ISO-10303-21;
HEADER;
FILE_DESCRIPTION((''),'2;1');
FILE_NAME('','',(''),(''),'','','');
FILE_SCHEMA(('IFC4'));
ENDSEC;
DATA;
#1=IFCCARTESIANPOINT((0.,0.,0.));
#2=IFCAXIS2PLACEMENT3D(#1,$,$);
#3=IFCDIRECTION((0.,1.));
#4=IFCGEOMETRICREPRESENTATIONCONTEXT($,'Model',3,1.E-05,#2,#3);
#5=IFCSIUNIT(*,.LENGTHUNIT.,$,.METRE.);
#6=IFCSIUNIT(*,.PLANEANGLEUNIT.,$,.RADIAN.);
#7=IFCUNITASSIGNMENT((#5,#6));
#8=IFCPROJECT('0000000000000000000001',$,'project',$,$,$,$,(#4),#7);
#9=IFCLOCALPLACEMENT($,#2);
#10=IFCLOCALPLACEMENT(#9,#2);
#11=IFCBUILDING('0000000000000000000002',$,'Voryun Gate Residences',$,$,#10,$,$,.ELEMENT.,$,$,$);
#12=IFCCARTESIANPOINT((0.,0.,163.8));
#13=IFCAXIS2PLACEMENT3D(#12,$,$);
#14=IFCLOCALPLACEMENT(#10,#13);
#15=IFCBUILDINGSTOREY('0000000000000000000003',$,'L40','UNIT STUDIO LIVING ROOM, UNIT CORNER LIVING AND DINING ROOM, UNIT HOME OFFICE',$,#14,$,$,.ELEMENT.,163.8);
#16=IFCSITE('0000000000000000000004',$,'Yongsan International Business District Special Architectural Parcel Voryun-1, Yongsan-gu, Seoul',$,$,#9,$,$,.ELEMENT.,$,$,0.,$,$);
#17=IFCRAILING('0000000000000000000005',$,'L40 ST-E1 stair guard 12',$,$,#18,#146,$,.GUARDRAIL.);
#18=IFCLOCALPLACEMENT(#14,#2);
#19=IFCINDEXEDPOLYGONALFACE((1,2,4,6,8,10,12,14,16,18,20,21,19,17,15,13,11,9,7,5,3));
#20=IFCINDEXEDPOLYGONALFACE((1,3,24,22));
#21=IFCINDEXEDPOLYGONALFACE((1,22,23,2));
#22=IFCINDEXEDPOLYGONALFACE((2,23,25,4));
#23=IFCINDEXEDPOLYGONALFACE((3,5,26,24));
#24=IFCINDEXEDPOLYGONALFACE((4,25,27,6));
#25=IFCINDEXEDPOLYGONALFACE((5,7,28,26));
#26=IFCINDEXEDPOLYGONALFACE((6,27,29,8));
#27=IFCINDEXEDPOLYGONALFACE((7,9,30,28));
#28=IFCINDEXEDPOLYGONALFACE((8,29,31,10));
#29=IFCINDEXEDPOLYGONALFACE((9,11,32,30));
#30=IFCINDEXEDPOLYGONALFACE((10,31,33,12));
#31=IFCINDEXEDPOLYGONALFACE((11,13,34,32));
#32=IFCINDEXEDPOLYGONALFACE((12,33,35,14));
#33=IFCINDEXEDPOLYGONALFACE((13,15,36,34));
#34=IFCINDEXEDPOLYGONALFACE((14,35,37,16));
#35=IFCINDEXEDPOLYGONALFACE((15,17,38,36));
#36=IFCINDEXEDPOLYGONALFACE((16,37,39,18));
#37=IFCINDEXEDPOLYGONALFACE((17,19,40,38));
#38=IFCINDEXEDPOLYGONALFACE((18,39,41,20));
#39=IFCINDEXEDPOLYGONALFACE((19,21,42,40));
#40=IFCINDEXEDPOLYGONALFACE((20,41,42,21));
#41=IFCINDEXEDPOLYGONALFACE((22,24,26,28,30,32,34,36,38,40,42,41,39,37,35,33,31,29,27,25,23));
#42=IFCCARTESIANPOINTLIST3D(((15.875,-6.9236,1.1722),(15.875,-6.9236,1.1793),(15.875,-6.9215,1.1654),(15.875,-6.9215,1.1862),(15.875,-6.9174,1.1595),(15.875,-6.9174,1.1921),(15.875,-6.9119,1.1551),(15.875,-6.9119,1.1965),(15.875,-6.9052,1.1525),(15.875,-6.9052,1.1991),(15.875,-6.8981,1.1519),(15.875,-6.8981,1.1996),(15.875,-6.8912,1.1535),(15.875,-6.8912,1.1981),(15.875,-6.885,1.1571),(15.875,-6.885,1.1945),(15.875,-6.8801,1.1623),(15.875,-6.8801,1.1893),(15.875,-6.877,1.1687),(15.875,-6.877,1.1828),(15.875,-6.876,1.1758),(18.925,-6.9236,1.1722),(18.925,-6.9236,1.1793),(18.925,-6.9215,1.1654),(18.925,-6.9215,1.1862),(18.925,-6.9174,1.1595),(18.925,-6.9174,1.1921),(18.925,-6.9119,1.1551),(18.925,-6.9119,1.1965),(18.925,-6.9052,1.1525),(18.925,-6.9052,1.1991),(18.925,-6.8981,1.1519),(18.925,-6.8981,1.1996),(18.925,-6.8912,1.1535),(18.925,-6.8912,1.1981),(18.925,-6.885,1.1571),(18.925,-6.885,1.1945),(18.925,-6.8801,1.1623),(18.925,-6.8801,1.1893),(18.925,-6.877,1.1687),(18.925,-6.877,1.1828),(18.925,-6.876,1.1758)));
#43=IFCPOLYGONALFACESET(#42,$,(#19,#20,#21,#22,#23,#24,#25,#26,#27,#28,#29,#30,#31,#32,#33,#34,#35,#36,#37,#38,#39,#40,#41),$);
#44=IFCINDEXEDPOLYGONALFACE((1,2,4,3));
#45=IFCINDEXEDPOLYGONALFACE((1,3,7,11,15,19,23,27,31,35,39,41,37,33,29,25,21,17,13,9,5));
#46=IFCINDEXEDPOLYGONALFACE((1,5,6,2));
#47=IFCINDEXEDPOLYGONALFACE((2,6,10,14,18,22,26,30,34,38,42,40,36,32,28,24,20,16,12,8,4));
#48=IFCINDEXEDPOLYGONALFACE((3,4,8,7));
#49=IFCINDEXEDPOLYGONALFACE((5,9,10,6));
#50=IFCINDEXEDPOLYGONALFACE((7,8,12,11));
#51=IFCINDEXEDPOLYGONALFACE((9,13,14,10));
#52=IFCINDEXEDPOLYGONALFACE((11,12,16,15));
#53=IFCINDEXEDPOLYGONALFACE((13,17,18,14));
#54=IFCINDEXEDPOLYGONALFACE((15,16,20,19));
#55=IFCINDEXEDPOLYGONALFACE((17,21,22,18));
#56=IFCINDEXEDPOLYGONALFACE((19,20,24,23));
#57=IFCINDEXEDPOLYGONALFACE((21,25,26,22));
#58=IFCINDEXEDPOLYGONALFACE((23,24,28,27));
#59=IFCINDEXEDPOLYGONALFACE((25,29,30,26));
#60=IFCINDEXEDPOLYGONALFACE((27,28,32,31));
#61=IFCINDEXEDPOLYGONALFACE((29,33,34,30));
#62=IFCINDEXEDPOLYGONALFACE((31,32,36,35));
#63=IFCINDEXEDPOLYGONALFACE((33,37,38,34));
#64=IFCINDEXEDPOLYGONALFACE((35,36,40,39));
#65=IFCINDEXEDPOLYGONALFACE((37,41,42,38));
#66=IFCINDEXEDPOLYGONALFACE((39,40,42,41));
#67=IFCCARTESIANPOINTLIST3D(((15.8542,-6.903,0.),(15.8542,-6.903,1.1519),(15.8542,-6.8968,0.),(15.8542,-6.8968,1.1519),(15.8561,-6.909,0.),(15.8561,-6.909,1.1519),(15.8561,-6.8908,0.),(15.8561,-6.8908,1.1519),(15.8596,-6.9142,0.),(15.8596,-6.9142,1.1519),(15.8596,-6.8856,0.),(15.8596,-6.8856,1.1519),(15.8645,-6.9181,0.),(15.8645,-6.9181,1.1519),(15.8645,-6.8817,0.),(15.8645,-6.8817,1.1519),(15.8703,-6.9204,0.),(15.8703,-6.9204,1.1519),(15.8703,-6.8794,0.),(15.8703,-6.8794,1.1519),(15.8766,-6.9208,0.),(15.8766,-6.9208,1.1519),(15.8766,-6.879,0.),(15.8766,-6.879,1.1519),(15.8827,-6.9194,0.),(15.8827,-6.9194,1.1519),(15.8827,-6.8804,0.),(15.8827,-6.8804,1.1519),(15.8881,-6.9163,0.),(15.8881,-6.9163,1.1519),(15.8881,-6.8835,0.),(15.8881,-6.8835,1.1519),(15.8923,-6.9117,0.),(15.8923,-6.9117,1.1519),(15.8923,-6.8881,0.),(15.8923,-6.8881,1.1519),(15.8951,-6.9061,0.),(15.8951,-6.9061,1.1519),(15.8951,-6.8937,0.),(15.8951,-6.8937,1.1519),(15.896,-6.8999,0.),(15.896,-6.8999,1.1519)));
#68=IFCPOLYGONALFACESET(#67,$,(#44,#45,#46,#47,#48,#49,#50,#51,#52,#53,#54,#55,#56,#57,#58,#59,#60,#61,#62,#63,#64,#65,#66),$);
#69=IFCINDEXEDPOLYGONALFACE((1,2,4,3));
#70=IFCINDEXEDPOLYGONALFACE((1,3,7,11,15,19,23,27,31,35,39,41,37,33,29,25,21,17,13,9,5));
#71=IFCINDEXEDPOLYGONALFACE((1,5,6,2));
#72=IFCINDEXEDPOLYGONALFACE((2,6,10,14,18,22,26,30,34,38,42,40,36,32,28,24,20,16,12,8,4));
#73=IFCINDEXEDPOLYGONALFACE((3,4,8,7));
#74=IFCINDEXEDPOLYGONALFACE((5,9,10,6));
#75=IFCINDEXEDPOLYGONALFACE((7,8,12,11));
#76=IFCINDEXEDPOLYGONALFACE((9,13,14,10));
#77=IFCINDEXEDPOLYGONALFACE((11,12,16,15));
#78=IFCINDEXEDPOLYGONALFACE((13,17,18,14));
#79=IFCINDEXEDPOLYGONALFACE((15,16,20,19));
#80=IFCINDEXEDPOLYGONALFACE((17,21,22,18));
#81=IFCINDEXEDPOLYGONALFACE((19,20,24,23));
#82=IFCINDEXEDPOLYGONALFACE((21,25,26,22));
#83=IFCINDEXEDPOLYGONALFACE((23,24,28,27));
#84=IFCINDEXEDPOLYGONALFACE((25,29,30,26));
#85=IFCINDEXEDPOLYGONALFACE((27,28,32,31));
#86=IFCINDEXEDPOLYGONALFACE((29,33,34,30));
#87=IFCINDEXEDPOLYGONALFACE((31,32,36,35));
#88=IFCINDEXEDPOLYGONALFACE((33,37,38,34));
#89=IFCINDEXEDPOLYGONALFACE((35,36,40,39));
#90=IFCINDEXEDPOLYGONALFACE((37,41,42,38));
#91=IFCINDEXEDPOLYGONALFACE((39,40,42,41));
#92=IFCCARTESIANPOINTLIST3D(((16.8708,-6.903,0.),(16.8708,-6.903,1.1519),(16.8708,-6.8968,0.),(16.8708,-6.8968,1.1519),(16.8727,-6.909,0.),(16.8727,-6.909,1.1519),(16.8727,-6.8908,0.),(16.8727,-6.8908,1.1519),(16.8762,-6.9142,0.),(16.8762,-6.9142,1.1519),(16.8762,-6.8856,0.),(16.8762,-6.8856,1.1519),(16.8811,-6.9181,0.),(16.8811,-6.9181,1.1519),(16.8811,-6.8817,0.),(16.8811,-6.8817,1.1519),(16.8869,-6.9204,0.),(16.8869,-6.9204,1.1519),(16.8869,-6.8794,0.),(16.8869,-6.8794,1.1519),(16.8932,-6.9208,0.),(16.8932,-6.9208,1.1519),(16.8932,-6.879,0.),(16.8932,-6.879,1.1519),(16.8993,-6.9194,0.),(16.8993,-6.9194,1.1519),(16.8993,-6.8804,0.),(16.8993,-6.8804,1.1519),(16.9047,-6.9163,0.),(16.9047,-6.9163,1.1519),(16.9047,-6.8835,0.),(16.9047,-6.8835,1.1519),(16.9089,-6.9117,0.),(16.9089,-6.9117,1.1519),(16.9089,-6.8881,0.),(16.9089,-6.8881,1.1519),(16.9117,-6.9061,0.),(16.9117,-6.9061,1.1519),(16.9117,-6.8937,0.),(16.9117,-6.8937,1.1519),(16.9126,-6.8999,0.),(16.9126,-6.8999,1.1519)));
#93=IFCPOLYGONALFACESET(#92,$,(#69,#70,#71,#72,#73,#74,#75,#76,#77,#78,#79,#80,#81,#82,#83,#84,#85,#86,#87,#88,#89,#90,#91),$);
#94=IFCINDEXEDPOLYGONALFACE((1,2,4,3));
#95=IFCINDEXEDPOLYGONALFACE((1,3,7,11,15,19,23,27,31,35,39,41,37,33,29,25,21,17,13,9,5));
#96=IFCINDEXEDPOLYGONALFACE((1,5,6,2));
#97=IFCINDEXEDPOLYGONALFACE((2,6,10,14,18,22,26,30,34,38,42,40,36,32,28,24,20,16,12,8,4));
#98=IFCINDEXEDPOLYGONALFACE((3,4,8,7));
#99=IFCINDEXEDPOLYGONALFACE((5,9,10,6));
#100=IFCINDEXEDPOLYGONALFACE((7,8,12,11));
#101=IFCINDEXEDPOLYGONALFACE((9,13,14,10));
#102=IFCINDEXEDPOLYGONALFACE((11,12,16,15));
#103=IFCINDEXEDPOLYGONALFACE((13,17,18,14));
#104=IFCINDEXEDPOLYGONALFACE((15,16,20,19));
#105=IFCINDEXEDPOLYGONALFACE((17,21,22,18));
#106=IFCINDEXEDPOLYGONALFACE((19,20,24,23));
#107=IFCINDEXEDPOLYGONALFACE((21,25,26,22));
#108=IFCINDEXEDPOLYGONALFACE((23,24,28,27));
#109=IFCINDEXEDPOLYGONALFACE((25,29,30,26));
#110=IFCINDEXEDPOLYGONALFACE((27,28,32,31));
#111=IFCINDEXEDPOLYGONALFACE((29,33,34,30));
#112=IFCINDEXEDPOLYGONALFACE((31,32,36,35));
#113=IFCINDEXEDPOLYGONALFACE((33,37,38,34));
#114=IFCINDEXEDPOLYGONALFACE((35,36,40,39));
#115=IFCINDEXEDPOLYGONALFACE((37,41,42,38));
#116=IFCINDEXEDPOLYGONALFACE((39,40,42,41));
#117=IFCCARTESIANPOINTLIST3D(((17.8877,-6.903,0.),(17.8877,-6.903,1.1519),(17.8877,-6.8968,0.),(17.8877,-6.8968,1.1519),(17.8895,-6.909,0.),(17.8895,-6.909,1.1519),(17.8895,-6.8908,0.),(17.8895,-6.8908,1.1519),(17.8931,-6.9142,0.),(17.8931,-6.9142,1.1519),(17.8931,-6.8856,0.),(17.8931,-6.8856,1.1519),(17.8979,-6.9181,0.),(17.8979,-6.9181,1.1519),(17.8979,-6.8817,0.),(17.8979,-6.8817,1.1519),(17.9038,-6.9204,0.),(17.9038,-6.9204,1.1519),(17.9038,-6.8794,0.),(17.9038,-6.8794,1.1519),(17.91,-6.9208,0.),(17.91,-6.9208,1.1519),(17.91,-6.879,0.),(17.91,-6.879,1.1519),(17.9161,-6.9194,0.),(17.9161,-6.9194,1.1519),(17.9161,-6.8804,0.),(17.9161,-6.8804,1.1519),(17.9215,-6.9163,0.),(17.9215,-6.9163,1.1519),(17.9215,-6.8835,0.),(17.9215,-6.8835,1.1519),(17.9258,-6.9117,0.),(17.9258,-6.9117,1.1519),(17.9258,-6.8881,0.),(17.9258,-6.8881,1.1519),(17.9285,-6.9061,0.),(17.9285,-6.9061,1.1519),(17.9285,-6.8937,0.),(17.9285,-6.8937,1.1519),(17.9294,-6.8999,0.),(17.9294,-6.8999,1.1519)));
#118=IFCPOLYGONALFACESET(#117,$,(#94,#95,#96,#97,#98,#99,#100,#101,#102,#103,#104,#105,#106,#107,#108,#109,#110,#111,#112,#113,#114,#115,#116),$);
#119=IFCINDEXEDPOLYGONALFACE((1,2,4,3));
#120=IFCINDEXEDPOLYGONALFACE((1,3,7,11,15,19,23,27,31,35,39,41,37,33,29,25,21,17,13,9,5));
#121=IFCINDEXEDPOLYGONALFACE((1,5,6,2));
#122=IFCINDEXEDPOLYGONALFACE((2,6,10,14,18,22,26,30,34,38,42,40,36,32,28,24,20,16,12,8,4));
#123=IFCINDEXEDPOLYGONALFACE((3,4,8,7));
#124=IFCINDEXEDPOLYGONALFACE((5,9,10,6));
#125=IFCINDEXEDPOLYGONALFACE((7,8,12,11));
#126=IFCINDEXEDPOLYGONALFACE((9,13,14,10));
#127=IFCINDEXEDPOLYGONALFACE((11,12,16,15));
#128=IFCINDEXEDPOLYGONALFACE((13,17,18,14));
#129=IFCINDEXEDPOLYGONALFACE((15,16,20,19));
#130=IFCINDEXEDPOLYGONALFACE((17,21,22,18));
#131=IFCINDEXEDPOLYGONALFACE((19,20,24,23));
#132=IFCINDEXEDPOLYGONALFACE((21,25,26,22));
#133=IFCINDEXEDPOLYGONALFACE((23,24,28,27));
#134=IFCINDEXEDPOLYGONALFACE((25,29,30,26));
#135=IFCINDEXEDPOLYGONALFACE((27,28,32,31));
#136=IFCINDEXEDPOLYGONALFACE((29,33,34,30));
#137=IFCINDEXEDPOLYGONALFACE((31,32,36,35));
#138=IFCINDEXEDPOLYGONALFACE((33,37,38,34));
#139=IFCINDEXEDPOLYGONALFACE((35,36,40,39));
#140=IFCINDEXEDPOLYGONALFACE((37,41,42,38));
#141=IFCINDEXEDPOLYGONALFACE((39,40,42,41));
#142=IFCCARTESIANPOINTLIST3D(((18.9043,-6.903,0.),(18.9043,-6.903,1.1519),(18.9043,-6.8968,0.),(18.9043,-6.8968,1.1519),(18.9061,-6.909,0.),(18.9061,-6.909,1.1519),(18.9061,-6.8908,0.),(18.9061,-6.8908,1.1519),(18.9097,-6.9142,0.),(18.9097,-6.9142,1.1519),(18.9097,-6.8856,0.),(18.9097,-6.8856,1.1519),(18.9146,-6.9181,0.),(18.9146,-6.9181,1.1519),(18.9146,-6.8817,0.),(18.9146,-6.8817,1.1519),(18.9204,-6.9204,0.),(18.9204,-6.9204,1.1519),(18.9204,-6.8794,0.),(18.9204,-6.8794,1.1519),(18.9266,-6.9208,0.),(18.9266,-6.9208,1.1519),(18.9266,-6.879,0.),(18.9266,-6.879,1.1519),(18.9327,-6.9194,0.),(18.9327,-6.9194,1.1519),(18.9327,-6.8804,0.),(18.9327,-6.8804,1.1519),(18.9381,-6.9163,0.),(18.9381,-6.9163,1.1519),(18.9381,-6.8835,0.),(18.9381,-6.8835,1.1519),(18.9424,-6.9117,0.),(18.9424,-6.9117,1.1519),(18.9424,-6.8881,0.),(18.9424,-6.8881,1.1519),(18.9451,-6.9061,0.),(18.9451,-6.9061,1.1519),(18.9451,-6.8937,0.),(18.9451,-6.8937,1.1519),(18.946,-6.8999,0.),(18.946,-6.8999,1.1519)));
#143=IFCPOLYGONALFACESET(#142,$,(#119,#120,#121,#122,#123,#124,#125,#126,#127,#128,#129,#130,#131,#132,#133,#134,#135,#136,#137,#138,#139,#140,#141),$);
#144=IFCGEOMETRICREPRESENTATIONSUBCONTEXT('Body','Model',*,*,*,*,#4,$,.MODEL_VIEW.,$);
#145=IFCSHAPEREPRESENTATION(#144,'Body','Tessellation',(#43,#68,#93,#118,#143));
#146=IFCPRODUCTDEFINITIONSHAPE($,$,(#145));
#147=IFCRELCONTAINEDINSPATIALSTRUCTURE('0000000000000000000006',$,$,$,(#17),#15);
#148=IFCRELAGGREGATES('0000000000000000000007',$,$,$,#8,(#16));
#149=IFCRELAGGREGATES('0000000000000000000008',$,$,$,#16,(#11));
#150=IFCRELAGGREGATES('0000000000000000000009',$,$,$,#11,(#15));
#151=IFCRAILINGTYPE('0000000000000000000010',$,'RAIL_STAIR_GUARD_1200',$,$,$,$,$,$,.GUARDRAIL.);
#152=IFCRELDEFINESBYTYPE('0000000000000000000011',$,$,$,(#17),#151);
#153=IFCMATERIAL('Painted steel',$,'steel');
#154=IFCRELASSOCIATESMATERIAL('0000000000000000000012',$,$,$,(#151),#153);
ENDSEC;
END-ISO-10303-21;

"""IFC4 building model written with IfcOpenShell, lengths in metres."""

from ifc_helpers import new_model, si_unit, direction, frame, origin, origin_2d, place, context, subcontext, project, spatial, circle, extrude, material, type_object, element, save


model = new_model("IFC4")

# Units and contexts
model_context = context("Model", 3, precision=1e-05, world=origin(), true_north=direction((0.0, 1.0)))
body_context = subcontext(model_context, "Body", "Model", "MODEL_VIEW")
ifc_project = project(units=[si_unit("LENGTHUNIT", "METRE"), si_unit("PLANEANGLEUNIT", "RADIAN")], contexts=[model_context])

# Site, building, storey
site_placement = place(None, origin())
site = spatial("IfcSite", under=ifc_project, at=site_placement, Name="Yongsan International Business District Special Architectural Parcel Voryun-1, Yongsan-gu, Seoul", CompositionType="ELEMENT", RefElevation=0.0)
building_placement = place(site_placement, origin())
building = spatial("IfcBuilding", under=site, at=building_placement, Name="Voryun Gate Residences", CompositionType="ELEMENT")
storey_placement = place(building_placement, frame((0.0, 0.0, 163.8)))
storey = spatial("IfcBuildingStorey", under=building, at=storey_placement, Name="L40", Description="UNIT STUDIO LIVING ROOM, UNIT CORNER LIVING AND DINING ROOM, UNIT HOME OFFICE", CompositionType="ELEMENT", Elevation=163.8)

# Railing
ifc_material_1 = material(Name="Painted steel", Category="steel")
railing_type_1 = type_object("IfcRailingType", Name="RAIL_STAIR_GUARD_1200", PredefinedType="GUARDRAIL", material=ifc_material_1)
railing_1_placement = place(storey_placement, frame((15.875, -6.8999, 0.0)))
element("IfcRailing", 1, at=railing_1_placement, inside=storey, type_object=railing_type_1, Name="L40 ST-E1 stair guard 12", PredefinedType="GUARDRAIL", context=body_context, shape_type="SweptSolid", body=[
    extrude(circle(Radius=0.0239, at=origin_2d()), frame((0.0, 0.0, 1.1758), z_axis=(1.0, 0.0, 0.0), x_axis=(0.0, 1.0, 0.0)), (0.0, 0.0, 1.0), 3.05),
    extrude(circle(Radius=0.021, at=origin_2d()), origin(), (0.0, 0.0, 1.0), 1.1519),
    extrude(circle(Radius=0.021, at=origin_2d()), frame((1.0166, 0.0, 0.0)), (0.0, 0.0, 1.0), 1.1519),
    extrude(circle(Radius=0.021, at=origin_2d()), frame((2.0334, 0.0, 0.0)), (0.0, 0.0, 1.0), 1.1519),
    extrude(circle(Radius=0.021, at=origin_2d()), frame((3.05, 0.0, 0.0)), (0.0, 0.0, 1.0), 1.1519),
])

save(model, "model.ifc")
